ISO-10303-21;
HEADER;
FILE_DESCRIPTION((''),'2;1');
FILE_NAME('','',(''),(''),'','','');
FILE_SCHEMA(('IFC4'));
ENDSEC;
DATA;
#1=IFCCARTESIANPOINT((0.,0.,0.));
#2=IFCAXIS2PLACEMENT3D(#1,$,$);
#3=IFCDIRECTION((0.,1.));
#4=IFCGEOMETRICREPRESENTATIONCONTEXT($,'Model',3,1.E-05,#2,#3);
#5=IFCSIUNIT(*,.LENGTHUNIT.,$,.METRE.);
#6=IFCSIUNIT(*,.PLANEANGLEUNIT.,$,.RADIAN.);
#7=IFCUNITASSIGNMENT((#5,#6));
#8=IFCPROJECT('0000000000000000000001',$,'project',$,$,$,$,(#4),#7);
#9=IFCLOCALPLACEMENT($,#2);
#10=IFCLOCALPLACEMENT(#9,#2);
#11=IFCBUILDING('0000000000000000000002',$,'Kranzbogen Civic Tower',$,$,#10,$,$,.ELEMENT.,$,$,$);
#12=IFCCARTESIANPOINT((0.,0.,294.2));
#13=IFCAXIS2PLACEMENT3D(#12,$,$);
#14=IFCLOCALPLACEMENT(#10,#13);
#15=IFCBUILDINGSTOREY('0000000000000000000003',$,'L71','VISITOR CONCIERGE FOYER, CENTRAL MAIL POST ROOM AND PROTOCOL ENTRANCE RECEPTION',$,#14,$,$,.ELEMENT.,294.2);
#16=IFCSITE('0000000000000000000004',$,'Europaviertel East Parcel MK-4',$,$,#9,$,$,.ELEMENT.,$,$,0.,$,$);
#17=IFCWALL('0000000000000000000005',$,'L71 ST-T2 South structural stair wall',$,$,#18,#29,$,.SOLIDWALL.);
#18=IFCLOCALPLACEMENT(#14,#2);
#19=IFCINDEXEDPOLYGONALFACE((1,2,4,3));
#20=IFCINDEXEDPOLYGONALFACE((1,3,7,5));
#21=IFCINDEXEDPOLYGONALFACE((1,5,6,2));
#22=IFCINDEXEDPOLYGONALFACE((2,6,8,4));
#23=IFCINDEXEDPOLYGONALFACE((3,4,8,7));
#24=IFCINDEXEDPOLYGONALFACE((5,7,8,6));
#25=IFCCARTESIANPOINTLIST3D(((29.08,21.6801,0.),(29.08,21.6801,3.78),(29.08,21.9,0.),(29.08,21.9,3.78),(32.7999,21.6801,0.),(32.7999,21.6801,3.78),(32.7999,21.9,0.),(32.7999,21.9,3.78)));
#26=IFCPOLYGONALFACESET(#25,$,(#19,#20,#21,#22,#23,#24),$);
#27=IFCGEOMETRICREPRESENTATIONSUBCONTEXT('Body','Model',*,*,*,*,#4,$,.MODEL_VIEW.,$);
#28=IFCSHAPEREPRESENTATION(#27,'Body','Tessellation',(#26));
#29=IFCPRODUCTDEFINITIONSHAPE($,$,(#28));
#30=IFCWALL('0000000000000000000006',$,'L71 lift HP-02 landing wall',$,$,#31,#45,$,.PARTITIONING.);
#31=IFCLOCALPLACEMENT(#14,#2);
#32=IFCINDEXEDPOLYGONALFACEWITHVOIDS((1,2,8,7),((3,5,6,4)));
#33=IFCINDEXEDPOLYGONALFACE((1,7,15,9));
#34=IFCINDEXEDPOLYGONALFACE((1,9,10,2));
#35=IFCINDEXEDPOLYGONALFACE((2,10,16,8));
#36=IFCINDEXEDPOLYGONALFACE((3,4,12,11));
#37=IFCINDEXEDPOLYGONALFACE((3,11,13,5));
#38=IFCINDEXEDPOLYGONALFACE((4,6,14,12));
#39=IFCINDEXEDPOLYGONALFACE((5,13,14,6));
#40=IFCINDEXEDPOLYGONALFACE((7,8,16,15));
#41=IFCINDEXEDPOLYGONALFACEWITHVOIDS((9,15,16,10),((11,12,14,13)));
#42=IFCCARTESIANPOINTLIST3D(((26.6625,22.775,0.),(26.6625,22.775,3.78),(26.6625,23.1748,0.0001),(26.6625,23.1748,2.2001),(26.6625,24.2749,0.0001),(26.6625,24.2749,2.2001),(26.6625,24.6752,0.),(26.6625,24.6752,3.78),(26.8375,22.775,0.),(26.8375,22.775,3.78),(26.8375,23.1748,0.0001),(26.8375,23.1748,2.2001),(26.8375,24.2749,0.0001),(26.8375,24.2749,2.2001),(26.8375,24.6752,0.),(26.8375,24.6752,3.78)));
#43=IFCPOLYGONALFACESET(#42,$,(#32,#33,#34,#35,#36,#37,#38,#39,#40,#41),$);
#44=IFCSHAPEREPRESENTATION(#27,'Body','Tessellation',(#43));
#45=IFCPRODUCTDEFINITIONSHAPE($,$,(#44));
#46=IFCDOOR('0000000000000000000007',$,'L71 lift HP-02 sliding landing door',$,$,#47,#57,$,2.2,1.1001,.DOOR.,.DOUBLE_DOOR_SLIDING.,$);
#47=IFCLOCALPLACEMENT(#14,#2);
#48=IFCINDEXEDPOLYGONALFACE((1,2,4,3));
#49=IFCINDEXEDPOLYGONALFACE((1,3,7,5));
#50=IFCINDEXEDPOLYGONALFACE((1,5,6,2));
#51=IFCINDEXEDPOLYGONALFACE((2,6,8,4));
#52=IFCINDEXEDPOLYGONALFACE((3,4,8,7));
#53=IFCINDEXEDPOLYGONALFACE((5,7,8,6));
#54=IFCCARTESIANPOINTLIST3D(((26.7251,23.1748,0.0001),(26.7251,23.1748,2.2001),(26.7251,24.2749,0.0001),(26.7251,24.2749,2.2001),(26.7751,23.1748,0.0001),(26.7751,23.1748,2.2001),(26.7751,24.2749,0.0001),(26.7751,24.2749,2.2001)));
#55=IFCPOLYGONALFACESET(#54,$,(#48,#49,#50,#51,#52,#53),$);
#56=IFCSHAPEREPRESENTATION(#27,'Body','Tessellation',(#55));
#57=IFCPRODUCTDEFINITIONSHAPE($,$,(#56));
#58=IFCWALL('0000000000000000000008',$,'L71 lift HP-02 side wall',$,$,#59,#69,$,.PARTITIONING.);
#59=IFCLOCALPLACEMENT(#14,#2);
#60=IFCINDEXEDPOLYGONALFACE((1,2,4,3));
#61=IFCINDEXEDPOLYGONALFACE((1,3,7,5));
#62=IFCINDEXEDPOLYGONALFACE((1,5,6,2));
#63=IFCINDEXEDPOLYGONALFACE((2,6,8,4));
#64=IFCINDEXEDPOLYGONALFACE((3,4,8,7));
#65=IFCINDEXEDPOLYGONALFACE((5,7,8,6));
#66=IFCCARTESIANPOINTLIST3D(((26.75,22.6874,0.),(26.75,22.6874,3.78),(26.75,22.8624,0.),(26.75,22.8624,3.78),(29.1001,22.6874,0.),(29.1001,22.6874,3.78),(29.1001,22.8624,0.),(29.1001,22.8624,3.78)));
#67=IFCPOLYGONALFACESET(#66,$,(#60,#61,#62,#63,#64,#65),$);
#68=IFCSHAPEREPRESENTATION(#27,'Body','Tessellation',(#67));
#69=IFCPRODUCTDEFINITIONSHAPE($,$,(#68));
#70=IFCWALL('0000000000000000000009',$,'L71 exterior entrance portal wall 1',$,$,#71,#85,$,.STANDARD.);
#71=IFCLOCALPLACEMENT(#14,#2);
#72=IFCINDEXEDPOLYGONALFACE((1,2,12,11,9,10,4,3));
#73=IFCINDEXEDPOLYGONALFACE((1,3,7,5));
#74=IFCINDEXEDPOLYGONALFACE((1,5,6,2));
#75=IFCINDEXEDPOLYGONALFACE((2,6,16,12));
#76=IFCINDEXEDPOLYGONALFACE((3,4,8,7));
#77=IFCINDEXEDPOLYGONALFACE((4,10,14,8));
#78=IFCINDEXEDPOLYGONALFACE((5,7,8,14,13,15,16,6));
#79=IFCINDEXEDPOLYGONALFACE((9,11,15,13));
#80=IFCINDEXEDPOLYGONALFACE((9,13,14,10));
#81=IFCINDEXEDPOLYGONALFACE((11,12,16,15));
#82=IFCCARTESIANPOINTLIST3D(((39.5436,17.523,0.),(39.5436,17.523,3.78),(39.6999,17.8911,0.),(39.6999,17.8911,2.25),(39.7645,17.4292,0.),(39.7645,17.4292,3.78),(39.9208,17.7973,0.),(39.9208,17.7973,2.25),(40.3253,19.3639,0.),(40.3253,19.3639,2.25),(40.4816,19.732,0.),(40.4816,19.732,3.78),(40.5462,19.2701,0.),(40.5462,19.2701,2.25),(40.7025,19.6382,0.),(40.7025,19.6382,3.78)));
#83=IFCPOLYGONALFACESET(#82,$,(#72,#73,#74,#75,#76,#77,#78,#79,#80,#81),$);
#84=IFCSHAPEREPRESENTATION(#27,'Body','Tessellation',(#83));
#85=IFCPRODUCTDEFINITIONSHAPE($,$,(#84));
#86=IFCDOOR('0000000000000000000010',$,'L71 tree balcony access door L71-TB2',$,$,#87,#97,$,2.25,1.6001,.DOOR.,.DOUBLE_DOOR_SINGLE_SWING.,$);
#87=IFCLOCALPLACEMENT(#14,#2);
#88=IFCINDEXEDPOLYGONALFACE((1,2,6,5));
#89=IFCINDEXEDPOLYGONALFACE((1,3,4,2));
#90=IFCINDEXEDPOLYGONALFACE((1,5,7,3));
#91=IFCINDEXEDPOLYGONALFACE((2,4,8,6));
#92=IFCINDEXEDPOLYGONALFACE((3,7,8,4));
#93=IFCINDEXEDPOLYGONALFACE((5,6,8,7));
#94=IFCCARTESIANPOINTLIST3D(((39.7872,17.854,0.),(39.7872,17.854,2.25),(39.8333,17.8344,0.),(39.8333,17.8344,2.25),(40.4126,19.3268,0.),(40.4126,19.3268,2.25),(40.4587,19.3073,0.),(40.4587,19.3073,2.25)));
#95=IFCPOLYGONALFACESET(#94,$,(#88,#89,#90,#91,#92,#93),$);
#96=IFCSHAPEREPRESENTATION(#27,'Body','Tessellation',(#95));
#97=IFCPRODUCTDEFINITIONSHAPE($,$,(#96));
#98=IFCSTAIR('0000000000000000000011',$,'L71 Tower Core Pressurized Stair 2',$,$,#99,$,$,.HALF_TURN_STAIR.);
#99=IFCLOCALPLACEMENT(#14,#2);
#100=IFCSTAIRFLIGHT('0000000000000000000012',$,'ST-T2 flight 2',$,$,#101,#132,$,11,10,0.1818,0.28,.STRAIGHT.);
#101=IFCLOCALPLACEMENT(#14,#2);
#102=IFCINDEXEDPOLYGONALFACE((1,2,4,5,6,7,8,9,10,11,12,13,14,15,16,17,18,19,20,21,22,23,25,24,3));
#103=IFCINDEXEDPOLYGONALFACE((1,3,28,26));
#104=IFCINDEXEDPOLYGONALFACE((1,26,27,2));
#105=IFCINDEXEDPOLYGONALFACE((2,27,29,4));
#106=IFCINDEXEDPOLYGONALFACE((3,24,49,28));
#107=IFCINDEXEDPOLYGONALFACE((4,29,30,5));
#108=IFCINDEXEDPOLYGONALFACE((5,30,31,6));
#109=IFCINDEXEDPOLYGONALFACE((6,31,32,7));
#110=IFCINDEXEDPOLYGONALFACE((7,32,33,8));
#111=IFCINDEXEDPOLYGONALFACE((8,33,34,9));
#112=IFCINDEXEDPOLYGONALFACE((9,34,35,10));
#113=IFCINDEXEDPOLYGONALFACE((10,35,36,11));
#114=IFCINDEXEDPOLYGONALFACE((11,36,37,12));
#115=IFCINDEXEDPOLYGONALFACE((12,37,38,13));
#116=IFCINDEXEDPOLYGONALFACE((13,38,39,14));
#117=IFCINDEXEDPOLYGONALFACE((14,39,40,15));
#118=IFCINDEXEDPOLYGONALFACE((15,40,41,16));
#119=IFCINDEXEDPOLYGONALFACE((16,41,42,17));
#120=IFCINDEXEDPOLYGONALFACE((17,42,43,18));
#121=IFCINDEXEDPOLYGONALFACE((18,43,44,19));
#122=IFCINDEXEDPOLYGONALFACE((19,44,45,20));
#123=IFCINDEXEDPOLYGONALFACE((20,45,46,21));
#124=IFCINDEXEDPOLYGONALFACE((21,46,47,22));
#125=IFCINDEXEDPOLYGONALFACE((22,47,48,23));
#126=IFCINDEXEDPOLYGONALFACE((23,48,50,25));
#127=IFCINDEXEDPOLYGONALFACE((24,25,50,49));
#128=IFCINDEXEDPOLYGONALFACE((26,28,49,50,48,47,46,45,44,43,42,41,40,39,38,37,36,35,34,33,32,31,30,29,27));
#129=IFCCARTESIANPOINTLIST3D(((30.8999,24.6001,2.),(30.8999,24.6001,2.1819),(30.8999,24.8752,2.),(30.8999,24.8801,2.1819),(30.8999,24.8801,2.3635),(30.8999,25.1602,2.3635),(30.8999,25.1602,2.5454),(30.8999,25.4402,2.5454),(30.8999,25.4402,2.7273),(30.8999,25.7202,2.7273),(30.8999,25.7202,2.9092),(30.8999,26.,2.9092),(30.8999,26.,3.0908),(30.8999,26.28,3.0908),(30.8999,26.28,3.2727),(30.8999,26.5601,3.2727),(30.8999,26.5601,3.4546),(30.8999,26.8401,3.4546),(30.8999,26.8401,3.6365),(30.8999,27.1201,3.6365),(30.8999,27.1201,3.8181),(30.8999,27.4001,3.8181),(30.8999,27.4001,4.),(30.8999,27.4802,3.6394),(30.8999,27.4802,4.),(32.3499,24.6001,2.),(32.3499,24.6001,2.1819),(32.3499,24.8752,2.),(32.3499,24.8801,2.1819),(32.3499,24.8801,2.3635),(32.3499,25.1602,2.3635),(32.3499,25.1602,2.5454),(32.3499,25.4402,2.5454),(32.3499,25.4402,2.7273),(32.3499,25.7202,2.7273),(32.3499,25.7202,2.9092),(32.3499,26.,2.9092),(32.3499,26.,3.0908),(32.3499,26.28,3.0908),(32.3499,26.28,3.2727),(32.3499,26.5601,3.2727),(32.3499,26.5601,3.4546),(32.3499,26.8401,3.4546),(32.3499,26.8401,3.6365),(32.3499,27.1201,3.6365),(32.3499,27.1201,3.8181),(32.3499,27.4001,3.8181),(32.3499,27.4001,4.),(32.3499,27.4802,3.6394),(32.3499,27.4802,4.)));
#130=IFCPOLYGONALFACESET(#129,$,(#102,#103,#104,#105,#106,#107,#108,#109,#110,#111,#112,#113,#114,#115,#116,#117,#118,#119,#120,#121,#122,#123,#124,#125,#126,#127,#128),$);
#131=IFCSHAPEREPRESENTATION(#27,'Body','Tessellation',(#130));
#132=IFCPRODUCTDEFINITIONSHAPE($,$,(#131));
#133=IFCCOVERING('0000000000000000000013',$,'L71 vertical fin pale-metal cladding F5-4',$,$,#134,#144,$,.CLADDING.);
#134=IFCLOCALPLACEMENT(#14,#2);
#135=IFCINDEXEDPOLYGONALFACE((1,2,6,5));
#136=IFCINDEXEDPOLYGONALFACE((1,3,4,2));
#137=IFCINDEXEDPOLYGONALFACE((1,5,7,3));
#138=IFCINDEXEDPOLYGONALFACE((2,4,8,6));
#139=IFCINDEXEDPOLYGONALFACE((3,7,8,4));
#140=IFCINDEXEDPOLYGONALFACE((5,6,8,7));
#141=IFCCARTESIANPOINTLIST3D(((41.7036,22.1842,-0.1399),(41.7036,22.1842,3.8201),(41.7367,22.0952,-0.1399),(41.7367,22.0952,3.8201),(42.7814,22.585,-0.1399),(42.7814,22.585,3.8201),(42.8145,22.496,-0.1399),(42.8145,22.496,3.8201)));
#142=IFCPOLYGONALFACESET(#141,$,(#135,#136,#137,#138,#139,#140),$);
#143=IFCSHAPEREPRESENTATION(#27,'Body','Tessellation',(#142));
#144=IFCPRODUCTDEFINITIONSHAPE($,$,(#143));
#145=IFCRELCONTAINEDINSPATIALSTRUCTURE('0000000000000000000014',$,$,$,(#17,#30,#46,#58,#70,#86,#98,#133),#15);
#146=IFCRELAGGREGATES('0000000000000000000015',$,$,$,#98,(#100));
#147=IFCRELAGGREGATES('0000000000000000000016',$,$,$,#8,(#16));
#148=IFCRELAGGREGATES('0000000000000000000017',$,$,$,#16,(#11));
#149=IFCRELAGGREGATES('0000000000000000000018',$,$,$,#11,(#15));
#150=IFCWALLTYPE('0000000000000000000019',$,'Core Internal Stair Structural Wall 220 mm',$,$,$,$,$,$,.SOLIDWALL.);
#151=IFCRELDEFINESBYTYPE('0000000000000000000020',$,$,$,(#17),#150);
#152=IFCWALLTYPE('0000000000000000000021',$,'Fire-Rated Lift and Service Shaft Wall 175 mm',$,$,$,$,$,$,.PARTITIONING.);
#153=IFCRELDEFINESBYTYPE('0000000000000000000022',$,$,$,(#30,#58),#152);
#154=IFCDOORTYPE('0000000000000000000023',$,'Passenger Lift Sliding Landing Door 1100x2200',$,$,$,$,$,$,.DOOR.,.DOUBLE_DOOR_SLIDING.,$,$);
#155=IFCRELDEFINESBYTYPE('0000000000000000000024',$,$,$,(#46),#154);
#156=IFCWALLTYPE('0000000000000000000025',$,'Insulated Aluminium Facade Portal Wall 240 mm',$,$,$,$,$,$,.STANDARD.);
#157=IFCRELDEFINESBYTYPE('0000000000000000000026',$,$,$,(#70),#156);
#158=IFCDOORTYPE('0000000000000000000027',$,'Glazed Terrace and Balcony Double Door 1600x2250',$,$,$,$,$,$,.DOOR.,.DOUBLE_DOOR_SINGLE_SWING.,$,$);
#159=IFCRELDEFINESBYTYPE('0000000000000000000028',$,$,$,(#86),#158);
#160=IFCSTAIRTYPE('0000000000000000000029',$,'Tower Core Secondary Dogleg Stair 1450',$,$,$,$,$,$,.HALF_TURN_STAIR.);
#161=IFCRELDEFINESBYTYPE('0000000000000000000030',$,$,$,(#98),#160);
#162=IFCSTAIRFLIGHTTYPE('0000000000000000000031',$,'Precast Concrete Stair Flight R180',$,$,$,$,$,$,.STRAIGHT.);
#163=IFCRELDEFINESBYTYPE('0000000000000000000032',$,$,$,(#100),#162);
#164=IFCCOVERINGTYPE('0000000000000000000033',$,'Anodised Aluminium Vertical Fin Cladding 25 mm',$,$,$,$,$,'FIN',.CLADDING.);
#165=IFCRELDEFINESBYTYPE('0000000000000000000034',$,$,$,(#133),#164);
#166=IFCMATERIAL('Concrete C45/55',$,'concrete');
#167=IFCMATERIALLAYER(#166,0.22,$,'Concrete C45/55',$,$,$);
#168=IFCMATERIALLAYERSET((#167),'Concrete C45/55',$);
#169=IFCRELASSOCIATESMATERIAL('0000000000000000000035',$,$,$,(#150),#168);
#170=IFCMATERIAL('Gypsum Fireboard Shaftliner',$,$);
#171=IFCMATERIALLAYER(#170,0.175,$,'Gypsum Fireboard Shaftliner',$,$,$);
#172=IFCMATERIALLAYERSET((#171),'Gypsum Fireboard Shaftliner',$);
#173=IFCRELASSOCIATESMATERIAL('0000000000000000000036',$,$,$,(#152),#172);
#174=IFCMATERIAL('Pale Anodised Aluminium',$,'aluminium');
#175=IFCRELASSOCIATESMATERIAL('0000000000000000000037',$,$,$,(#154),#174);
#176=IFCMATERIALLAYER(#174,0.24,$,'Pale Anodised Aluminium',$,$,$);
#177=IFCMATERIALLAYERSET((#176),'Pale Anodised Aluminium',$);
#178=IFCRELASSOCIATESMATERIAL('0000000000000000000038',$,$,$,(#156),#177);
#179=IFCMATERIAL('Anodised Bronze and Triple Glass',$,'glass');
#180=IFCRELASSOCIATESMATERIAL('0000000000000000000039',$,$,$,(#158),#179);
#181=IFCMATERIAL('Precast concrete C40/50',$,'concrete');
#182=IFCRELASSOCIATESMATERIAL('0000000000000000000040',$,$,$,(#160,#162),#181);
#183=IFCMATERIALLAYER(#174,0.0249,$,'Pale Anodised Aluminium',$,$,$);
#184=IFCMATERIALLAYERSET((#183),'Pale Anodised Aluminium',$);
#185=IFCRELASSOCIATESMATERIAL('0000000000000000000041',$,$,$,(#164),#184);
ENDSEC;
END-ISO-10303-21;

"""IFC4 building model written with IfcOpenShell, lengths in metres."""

from ifc_helpers import new_model, si_unit, direction, frame, frame_2d, origin, origin_2d, place, context, subcontext, project, spatial, polyline, rectangle, outline, extrude, material, layer, layer_set, type_object, element, fill, aggregate, save


model = new_model("IFC4")

# Units and contexts
model_context = context("Model", 3, precision=1e-05, world=origin(), true_north=direction((0.0, 1.0)))
body_context = subcontext(model_context, "Body", "Model", "MODEL_VIEW")
ifc_project = project(units=[si_unit("LENGTHUNIT", "METRE"), si_unit("PLANEANGLEUNIT", "RADIAN")], contexts=[model_context])

# Site, building, storey
site_placement = place(None, origin())
site = spatial("IfcSite", under=ifc_project, at=site_placement, Name="Europaviertel East Parcel MK-4", CompositionType="ELEMENT", RefElevation=0.0)
building_placement = place(site_placement, origin())
building = spatial("IfcBuilding", under=site, at=building_placement, Name="Kranzbogen Civic Tower", CompositionType="ELEMENT")
storey_placement = place(building_placement, frame((0.0, 0.0, 294.2)))
storey = spatial("IfcBuildingStorey", under=building, at=storey_placement, Name="L71", Description="VISITOR CONCIERGE FOYER, CENTRAL MAIL POST ROOM AND PROTOCOL ENTRANCE RECEPTION", CompositionType="ELEMENT", Elevation=294.2)

# Shared definitions
ifc_material_1 = material(Name="Pale Anodised Aluminium", Category="aluminium")

# Shared definitions
ifc_material_2 = material(Name="Concrete C45/55", Category="concrete")

# Shared definitions
ifc_layer_1 = layer(ifc_material_2, 0.22, Name="Concrete C45/55")
ifc_layer_set_1 = layer_set([ifc_layer_1], Name="Concrete C45/55")
wall_type_1 = type_object("IfcWallType", Name="Core Internal Stair Structural Wall 220 mm", PredefinedType="SOLIDWALL", material=ifc_layer_set_1)

# Wall
wall_1_placement = place(storey_placement, frame((29.0801, 21.79, 0.0), z_axis=(0.0, 0.0, 1.0), x_axis=(1.0, 0.0, 0.0)))
element("IfcWall", 1, at=wall_1_placement, inside=storey, type_object=wall_type_1, Name="L71 ST-T2 South structural stair wall", PredefinedType="SOLIDWALL", context=body_context, shape_type="SweptSolid", body=[
    extrude(rectangle(XDim=3.72, YDim=0.22, at=frame_2d((1.8599, 0.0))), origin(), (0.0, 0.0, 1.0), 3.78),
])

# Wall, opening, door
ifc_material_3 = material(Name="Gypsum Fireboard Shaftliner")
ifc_layer_2 = layer(ifc_material_3, 0.175, Name="Gypsum Fireboard Shaftliner")
ifc_layer_set_2 = layer_set([ifc_layer_2], Name="Gypsum Fireboard Shaftliner")
wall_type_2 = type_object("IfcWallType", Name="Fire-Rated Lift and Service Shaft Wall 175 mm", PredefinedType="PARTITIONING", material=ifc_layer_set_2)
wall_2_placement = place(storey_placement, frame((26.75, 22.7749, 0.0), z_axis=(0.0, 0.0, 1.0), x_axis=(0.0, 1.0, 0.0)))
wall_2 = element("IfcWall", 2, at=wall_2_placement, inside=storey, type_object=wall_type_2, Name="L71 lift HP-02 landing wall", PredefinedType="PARTITIONING", context=body_context, shape_type="SweptSolid", body=[
    extrude(rectangle(XDim=1.9001, YDim=0.175, at=frame_2d((0.9502, 0.0))), origin(), (0.0, 0.0, 1.0), 3.78),
])
opening_1_placement = place(wall_2_placement, frame((0.3999, 0.0, 0.0)))
opening_1 = element("IfcOpeningElement", 3, at=opening_1_placement, cuts=wall_2, PredefinedType="OPENING", context=body_context, shape_type="SweptSolid", body=[
    extrude(rectangle(XDim=1.1001, YDim=2.2, at=frame_2d((0.55, 1.1001))), frame((0.0, 0.0977, 0.0), z_axis=(0.0, -1.0, 0.0), x_axis=(1.0, 0.0, 0.0)), (0.0, 0.0, 1.0), 0.1951),
])
door_type_1 = type_object("IfcDoorType", Name="Passenger Lift Sliding Landing Door 1100x2200", OperationType="DOUBLE_DOOR_SLIDING", PredefinedType="DOOR", material=ifc_material_1)
door_1_placement = place(opening_1_placement, origin())
door_1 = element("IfcDoor", 4, at=door_1_placement, inside=storey, type_object=door_type_1, Name="L71 lift HP-02 sliding landing door", OperationType="DOUBLE_DOOR_SLIDING", OverallHeight=2.2, OverallWidth=1.1001, PredefinedType="DOOR", context=body_context, shape_type="SweptSolid", body=[
    extrude(rectangle(XDim=1.1001, YDim=2.2, at=frame_2d((0.55, 1.1001))), frame((0.0, 0.0249, 0.0), z_axis=(0.0, -1.0, 0.0), x_axis=(1.0, 0.0, 0.0)), (0.0, 0.0, 1.0), 0.05),
])
fill(opening_1, door_1)

# Wall
wall_3_placement = place(storey_placement, frame((26.75, 22.7749, 0.0), z_axis=(0.0, 0.0, 1.0), x_axis=(1.0, 0.0, 0.0)))
element("IfcWall", 5, at=wall_3_placement, inside=storey, type_object=wall_type_2, Name="L71 lift HP-02 side wall", PredefinedType="PARTITIONING", context=body_context, shape_type="SweptSolid", body=[
    extrude(rectangle(XDim=2.3501, YDim=0.175, at=frame_2d((1.175, 0.0))), origin(), (0.0, 0.0, 1.0), 3.78),
])

# Wall, opening, door
ifc_layer_3 = layer(ifc_material_1, 0.24, Name="Pale Anodised Aluminium")
ifc_layer_set_3 = layer_set([ifc_layer_3], Name="Pale Anodised Aluminium")
wall_type_3 = type_object("IfcWallType", Name="Insulated Aluminium Facade Portal Wall 240 mm", PredefinedType="STANDARD", material=ifc_layer_set_3)
wall_4_placement = place(storey_placement, frame((39.6541, 17.4761, 0.0), z_axis=(0.0, 0.0, 1.0), x_axis=(0.390848, 0.920455, 0.0)))
wall_4 = element("IfcWall", 6, at=wall_4_placement, inside=storey, type_object=wall_type_3, Name="L71 exterior entrance portal wall 1", PredefinedType="STANDARD", context=body_context, shape_type="SweptSolid", body=[
    extrude(rectangle(XDim=2.3999, YDim=0.24, at=frame_2d((1.2, 0.0))), origin(), (0.0, 0.0, 1.0), 3.78),
])
opening_2_placement = place(wall_4_placement, frame((0.3999, 0.0, 0.0)))
opening_2 = element("IfcOpeningElement", 7, at=opening_2_placement, cuts=wall_4, PredefinedType="OPENING", context=body_context, shape_type="SweptSolid", body=[
    extrude(rectangle(XDim=1.6001, YDim=2.25, at=frame_2d((0.8, 1.125))), frame((0.0, 0.1299, 0.0), z_axis=(0.0, -1.0, 0.0), x_axis=(1.0, 0.0, 0.0)), (0.0, 0.0, 1.0), 0.26),
])
ifc_material_4 = material(Name="Anodised Bronze and Triple Glass", Category="glass")
door_type_2 = type_object("IfcDoorType", Name="Glazed Terrace and Balcony Double Door 1600x2250", OperationType="DOUBLE_DOOR_SINGLE_SWING", PredefinedType="DOOR", material=ifc_material_4)
door_2_placement = place(opening_2_placement, frame((1.6001, 0.0, 0.0), z_axis=(0.0, 0.0, 1.0), x_axis=(-1.0, 0.0, 0.0)))
door_2 = element("IfcDoor", 8, at=door_2_placement, inside=storey, type_object=door_type_2, Name="L71 tree balcony access door L71-TB2", OperationType="DOUBLE_DOOR_SINGLE_SWING", OverallHeight=2.25, OverallWidth=1.6001, PredefinedType="DOOR", context=body_context, shape_type="SweptSolid", body=[
    extrude(rectangle(XDim=1.6001, YDim=2.25, at=frame_2d((0.8, 1.125))), frame((0.0, 0.0249, 0.0), z_axis=(0.0, -1.0, 0.0), x_axis=(1.0, 0.0, 0.0)), (0.0, 0.0, 1.0), 0.05),
])
fill(opening_2, door_2)

# Stair, stair flight
ifc_material_5 = material(Name="Precast concrete C40/50", Category="concrete")
stair_type = type_object("IfcStairType", Name="Tower Core Secondary Dogleg Stair 1450", PredefinedType="HALF_TURN_STAIR", material=ifc_material_5)
stair_placement = place(storey_placement, origin())
stair = element("IfcStair", 9, at=stair_placement, inside=storey, type_object=stair_type, Name="L71 Tower Core Pressurized Stair 2", PredefinedType="HALF_TURN_STAIR")
stair_flight_type = type_object("IfcStairFlightType", Name="Precast Concrete Stair Flight R180", PredefinedType="STRAIGHT", material=ifc_material_5)
stair_flight_placement = place(storey_placement, frame((31.625, 24.6001, 2.0), z_axis=(0.0, 0.0, 1.0), x_axis=(0.0, 1.0, 0.0)))
stair_flight = element("IfcStairFlight", 10, at=stair_flight_placement, type_object=stair_flight_type, Name="ST-T2 flight 2", NumberOfRisers=11, NumberOfTreads=10, PredefinedType="STRAIGHT", RiserHeight=0.1818, TreadLength=0.28, context=body_context, shape_type="SweptSolid", body=[
    extrude(outline(polyline([(0.0, 0.0), (0.0, 0.1819), (0.28, 0.1819), (0.28, 0.3635), (0.5601, 0.3635), (0.5601, 0.5454), (0.8401, 0.5454), (0.8401, 0.7273), (1.1201, 0.7273), (1.1201, 0.9092), (1.3999, 0.9092), (1.3999, 1.0908), (1.6799, 1.0908), (1.6799, 1.2727), (1.96, 1.2727), (1.96, 1.4546), (2.24, 1.4546), (2.24, 1.6365), (2.52, 1.6365), (2.52, 1.8181), (2.8, 1.8181), (2.8, 2.0), (2.8801, 2.0), (2.8801, 1.6394), (0.2751, 0.0), (0.0, 0.0)])), frame((0.0, 0.7251, 0.0), z_axis=(0.0, -1.0, 0.0), x_axis=(1.0, 0.0, 0.0)), (0.0, 0.0, 1.0), 1.45),
])
aggregate(stair, [stair_flight])

# Covering
ifc_layer_4 = layer(ifc_material_1, 0.0249, Name="Pale Anodised Aluminium")
ifc_layer_set_4 = layer_set([ifc_layer_4], Name="Pale Anodised Aluminium")
covering_type = type_object("IfcCoveringType", Name="Anodised Aluminium Vertical Fin Cladding 25 mm", ElementType="FIN", PredefinedType="CLADDING", material=ifc_layer_set_4)
covering_placement = place(storey_placement, frame((42.259, 22.3401, -0.1399), z_axis=(0.0, 0.0, 1.0), x_axis=(0.9373, 0.348523, 0.0)))
element("IfcCovering", 11, at=covering_placement, inside=storey, type_object=covering_type, Name="L71 vertical fin pale-metal cladding F5-4", PredefinedType="CLADDING", context=body_context, shape_type="SweptSolid", body=[
    extrude(rectangle(XDim=1.1499, YDim=0.095, at=origin_2d()), origin(), (0.0, 0.0, 1.0), 3.96),
])

save(model, "model.ifc")
